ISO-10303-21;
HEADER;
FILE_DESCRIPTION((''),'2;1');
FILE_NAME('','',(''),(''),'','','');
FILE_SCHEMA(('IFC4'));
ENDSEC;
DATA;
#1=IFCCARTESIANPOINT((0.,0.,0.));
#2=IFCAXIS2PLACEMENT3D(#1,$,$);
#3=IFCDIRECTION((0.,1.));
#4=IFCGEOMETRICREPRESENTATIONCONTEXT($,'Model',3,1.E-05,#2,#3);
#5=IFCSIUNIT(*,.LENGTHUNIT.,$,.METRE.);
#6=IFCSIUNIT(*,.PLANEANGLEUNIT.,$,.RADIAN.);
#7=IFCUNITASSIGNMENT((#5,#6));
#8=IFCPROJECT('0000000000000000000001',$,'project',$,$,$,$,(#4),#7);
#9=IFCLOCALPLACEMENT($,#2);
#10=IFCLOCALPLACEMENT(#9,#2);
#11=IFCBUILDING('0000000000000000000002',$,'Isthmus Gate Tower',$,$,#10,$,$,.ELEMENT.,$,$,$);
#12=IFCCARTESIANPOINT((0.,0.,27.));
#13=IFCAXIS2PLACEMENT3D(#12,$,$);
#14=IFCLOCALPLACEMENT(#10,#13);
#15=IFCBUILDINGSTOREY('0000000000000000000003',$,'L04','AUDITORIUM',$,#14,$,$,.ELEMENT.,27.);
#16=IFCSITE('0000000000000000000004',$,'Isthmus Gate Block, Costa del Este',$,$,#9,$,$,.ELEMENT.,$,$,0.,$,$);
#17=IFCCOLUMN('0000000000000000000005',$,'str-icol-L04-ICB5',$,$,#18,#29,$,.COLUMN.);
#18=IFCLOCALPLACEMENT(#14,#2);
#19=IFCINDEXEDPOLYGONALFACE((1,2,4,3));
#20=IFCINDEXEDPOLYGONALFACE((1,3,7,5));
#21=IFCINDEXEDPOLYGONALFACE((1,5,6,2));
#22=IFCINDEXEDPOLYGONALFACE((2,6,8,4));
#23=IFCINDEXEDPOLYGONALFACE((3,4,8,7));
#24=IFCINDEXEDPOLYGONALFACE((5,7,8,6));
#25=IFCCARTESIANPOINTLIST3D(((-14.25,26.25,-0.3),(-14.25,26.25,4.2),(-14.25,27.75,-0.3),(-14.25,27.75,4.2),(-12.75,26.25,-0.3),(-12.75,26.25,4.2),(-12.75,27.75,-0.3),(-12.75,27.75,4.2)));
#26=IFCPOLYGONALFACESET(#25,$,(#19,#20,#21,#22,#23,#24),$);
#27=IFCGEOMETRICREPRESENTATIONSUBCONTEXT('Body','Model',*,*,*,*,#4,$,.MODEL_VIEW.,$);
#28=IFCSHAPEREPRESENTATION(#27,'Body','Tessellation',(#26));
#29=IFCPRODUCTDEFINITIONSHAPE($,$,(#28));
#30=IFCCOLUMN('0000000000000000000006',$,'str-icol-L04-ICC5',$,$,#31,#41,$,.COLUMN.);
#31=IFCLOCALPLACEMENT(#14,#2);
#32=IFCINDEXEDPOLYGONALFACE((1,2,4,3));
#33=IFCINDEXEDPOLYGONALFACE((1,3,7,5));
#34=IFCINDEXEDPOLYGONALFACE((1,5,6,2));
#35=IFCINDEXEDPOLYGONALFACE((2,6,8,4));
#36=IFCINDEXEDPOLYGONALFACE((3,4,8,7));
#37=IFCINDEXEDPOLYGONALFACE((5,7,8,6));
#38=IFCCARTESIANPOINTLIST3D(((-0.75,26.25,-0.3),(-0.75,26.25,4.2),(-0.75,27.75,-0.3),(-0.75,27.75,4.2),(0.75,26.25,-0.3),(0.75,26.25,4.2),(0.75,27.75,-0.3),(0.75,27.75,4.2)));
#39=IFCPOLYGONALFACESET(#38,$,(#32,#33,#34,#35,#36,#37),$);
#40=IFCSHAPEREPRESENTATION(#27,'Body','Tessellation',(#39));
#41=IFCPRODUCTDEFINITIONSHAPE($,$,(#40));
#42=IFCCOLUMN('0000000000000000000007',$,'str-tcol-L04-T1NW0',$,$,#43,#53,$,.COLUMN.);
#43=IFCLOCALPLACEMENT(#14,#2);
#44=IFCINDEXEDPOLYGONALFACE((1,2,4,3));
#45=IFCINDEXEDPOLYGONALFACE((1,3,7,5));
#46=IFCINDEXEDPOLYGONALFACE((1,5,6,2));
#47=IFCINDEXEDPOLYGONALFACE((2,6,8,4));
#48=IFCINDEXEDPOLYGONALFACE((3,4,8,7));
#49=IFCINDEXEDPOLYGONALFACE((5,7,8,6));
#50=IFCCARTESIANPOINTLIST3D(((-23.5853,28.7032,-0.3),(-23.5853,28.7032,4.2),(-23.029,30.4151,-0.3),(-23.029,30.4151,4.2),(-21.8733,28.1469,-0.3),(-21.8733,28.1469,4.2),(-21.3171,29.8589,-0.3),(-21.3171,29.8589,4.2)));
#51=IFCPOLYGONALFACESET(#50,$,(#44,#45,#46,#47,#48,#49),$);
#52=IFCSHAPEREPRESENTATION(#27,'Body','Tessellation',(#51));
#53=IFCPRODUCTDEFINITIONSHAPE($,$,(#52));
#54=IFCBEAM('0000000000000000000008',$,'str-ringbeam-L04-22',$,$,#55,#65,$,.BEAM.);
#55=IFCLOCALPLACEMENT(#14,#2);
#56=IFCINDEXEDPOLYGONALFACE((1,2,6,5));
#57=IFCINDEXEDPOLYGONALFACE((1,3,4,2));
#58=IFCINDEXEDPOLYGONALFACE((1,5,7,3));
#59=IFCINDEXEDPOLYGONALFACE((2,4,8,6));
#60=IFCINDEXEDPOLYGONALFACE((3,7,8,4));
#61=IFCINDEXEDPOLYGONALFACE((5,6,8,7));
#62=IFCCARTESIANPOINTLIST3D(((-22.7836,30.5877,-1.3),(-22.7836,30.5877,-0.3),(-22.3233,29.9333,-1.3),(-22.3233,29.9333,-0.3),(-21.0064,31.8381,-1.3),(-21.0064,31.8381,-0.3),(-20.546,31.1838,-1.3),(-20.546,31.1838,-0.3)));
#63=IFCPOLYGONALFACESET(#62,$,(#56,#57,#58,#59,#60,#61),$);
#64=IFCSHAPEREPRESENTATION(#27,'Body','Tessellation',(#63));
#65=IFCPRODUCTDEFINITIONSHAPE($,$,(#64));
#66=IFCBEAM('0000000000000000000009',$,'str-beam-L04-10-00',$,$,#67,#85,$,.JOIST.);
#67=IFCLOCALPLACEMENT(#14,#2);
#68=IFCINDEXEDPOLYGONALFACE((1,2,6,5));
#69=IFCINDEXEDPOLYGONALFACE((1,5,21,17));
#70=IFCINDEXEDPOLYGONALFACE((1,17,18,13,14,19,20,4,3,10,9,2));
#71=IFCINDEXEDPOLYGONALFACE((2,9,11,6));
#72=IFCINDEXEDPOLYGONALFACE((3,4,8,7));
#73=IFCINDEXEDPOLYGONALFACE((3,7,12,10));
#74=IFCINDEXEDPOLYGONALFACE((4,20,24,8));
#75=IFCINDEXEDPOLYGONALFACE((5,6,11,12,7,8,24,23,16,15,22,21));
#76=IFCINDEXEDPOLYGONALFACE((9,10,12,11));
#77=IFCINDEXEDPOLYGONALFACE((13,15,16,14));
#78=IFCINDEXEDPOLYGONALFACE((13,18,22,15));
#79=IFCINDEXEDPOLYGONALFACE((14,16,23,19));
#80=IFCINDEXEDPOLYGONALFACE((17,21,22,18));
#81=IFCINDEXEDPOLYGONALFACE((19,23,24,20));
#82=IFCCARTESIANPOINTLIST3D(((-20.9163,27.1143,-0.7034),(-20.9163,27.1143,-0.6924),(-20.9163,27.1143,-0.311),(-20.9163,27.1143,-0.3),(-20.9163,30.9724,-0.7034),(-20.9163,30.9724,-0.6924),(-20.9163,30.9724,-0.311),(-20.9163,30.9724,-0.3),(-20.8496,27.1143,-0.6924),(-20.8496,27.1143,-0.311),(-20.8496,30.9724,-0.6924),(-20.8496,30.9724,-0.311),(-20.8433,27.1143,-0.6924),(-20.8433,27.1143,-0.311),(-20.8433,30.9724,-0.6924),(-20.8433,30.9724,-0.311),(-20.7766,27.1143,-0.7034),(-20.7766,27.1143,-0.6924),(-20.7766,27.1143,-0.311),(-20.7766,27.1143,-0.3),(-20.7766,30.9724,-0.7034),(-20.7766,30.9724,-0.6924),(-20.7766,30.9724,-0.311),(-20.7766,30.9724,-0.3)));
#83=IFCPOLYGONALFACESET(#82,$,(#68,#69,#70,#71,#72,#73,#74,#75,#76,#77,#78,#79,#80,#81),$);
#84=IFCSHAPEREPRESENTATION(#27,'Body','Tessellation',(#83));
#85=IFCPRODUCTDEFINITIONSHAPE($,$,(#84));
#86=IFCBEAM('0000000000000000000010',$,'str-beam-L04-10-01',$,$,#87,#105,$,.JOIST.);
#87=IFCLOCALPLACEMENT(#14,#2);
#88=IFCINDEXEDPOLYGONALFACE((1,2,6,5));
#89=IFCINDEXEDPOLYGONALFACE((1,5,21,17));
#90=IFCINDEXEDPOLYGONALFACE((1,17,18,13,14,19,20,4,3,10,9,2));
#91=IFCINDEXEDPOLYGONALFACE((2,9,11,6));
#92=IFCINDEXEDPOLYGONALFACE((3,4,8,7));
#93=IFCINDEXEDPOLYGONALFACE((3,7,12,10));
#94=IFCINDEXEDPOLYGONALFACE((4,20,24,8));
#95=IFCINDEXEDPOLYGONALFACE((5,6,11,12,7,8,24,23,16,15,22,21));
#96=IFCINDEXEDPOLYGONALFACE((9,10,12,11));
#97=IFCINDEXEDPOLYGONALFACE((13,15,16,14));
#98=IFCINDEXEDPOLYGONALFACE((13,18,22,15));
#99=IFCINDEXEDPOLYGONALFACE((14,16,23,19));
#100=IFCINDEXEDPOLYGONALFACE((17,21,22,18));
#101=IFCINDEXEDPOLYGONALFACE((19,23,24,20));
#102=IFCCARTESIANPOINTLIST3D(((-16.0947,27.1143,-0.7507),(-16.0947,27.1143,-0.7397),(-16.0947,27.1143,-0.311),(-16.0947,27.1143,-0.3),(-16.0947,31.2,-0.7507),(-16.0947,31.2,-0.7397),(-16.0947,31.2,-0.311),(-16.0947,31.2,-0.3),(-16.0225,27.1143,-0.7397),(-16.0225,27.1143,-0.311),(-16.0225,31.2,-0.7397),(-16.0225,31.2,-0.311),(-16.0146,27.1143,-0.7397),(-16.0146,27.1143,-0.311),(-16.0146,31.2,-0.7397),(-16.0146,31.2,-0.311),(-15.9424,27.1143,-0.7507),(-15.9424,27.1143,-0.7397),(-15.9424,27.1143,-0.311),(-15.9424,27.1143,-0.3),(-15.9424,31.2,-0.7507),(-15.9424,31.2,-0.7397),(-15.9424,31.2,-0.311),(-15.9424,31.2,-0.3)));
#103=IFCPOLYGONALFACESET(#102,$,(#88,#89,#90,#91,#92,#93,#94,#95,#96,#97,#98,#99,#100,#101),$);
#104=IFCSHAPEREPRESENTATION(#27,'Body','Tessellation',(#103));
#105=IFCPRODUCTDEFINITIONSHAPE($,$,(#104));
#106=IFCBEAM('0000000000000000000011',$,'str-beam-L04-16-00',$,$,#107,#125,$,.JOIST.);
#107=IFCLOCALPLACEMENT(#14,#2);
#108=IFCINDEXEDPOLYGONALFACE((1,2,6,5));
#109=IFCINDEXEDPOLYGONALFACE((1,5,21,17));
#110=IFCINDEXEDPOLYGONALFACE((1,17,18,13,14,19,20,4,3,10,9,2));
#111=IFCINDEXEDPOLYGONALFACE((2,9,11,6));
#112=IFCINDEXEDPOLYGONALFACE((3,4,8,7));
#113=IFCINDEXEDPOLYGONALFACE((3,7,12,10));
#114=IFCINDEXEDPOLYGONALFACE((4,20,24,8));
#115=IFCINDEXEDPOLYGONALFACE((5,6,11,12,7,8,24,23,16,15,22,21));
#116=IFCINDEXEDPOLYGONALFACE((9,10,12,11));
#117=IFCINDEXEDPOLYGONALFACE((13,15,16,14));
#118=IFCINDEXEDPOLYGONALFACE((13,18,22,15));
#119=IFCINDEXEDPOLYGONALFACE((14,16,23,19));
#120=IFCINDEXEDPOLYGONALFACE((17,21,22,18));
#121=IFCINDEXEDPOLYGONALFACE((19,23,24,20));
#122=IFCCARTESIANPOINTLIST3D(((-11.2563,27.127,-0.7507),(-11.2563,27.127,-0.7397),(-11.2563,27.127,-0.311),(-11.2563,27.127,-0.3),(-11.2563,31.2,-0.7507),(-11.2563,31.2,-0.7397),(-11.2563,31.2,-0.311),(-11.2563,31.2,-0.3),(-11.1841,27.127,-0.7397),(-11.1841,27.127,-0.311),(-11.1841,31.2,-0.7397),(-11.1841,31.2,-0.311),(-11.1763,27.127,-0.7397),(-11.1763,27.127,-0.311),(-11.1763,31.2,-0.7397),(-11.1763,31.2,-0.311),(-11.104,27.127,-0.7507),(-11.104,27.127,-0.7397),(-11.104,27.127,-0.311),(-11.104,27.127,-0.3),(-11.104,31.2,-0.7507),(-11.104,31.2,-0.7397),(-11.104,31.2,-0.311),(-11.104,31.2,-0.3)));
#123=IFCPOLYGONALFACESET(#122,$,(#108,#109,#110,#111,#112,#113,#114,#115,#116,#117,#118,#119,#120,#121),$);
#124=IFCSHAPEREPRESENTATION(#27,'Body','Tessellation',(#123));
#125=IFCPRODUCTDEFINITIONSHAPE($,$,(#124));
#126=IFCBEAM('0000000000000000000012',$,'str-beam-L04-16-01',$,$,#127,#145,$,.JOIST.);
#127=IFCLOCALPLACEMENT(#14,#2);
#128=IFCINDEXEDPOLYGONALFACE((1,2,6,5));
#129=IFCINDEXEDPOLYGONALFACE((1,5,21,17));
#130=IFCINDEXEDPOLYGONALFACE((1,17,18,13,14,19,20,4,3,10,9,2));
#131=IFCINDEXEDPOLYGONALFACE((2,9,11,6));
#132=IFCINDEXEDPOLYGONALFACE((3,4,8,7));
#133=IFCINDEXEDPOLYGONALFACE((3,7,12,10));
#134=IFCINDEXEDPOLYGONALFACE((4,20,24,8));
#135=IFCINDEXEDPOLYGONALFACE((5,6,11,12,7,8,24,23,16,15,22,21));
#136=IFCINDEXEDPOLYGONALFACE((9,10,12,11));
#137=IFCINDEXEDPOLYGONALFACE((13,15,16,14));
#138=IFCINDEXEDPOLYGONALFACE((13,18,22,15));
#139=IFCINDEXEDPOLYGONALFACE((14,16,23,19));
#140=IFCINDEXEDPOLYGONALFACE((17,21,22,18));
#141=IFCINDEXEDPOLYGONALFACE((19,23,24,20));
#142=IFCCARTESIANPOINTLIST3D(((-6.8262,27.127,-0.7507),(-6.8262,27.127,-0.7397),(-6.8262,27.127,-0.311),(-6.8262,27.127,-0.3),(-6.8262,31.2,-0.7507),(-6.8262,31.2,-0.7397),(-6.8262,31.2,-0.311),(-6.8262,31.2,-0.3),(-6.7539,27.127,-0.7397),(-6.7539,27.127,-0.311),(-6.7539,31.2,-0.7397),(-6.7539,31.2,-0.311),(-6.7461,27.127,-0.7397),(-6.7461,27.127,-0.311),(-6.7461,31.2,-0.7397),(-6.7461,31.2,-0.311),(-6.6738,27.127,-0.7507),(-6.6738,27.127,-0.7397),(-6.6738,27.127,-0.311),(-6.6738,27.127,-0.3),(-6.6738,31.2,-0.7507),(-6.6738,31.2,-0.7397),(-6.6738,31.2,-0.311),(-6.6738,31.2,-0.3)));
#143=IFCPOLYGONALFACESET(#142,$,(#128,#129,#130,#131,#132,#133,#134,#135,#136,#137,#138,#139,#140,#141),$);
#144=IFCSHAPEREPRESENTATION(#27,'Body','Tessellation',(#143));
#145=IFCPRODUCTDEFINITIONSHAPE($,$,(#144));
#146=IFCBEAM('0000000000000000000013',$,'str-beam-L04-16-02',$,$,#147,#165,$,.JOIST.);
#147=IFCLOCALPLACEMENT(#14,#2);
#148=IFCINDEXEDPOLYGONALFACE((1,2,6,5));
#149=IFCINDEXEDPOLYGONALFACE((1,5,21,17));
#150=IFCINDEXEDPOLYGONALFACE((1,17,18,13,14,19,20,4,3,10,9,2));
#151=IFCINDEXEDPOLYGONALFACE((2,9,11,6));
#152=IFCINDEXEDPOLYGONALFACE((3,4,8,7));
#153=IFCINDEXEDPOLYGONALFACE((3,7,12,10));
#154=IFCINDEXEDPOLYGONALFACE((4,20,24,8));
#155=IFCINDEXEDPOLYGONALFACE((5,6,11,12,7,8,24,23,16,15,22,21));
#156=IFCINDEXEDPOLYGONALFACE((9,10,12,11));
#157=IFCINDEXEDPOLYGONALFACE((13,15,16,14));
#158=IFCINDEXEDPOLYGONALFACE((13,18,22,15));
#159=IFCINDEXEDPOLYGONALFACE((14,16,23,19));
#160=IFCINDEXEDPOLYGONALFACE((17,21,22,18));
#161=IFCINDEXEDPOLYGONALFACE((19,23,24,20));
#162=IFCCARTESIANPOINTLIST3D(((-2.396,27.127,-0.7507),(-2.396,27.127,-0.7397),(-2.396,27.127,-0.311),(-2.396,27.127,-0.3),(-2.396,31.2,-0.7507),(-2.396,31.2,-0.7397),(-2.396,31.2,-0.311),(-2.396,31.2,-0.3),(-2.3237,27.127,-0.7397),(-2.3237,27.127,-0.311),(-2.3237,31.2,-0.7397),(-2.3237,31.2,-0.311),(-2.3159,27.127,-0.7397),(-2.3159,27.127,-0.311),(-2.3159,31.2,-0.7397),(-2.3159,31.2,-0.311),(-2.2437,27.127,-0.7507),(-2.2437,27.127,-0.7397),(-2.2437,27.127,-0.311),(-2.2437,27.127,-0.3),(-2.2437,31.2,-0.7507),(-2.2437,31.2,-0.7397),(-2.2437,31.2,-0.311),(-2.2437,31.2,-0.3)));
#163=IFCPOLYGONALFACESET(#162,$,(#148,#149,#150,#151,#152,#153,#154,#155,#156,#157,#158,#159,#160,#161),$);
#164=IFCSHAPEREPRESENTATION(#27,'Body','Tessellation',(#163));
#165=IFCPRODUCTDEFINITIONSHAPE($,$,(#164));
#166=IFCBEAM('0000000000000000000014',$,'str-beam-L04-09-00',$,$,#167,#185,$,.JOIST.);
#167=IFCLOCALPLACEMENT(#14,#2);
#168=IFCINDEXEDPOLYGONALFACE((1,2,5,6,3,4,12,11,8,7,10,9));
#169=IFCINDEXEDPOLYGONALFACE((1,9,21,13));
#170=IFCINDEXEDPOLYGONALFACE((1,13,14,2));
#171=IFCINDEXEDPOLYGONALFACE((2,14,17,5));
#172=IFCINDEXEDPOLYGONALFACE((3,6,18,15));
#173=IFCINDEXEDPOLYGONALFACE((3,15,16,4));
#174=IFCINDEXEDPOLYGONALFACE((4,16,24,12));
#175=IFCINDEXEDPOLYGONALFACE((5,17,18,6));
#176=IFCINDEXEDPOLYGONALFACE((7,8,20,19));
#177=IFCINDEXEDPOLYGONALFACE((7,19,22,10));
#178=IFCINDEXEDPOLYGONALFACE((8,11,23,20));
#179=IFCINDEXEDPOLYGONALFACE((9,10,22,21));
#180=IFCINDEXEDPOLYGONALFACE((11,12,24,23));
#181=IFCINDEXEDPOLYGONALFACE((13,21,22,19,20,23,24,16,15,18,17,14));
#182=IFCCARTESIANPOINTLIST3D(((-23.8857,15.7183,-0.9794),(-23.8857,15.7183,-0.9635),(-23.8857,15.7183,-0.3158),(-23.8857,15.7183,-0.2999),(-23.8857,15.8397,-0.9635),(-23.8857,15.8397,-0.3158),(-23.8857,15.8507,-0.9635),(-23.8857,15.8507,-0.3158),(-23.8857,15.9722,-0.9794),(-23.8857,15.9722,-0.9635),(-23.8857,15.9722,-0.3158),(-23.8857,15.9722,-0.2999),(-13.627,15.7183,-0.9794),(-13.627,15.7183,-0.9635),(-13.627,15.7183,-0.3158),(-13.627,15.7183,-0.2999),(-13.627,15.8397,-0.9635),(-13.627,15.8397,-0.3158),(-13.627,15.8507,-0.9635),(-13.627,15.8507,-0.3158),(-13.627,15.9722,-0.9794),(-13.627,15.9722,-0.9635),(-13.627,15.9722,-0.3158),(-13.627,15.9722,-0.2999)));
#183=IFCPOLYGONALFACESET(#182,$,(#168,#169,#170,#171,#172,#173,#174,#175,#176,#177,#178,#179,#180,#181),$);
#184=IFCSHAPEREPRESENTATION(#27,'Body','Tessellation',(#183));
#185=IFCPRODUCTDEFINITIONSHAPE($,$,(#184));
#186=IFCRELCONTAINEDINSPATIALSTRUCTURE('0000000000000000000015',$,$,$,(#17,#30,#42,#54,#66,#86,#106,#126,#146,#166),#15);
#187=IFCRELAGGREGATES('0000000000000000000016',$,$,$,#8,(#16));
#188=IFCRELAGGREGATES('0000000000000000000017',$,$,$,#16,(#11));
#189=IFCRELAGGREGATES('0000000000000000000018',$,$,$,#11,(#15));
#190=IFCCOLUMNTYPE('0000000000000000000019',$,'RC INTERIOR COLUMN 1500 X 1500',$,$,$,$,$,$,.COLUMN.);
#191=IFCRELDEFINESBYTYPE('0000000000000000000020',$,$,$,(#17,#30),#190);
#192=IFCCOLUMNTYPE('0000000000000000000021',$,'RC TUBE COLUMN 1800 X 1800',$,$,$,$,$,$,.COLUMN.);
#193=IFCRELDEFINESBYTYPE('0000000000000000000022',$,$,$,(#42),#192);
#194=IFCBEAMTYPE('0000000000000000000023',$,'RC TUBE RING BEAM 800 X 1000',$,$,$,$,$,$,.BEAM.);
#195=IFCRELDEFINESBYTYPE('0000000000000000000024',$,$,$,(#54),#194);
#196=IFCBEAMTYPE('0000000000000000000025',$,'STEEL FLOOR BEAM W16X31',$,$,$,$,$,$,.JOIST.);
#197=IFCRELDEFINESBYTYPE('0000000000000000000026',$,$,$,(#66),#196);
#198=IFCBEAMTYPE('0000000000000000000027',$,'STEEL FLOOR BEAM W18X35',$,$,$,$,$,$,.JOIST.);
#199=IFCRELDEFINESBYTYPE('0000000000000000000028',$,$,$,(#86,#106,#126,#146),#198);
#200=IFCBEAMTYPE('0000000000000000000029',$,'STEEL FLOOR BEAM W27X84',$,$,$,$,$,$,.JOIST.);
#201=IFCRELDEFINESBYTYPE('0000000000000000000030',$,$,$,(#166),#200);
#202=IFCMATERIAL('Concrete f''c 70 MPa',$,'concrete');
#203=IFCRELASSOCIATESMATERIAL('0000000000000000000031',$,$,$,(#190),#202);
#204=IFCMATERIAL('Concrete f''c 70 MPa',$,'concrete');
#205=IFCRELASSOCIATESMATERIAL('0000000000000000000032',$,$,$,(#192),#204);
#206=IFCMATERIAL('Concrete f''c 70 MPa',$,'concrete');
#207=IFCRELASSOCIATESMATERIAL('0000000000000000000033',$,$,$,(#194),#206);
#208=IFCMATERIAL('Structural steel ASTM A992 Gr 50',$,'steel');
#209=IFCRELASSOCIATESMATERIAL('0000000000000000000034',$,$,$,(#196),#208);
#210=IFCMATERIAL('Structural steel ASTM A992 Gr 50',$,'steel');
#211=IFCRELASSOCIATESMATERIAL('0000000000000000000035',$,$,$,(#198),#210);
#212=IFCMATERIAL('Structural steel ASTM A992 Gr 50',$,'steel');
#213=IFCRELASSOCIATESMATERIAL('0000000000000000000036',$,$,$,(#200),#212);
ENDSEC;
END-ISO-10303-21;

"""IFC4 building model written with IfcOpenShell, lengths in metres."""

from ifc_helpers import new_model, si_unit, direction, frame, origin, origin_2d, place, context, subcontext, project, spatial, rectangle, i_section, extrude, material, material_profile, profile_set, type_object, element, save


model = new_model("IFC4")

# Units and contexts
model_context = context("Model", 3, precision=1e-05, world=origin(), true_north=direction((0.0, 1.0)))
body_context = subcontext(model_context, "Body", "Model", "MODEL_VIEW")
ifc_project = project(units=[si_unit("LENGTHUNIT", "METRE"), si_unit("PLANEANGLEUNIT", "RADIAN")], contexts=[model_context])

# Site, building, storey
site_placement = place(None, origin())
site = spatial("IfcSite", under=ifc_project, at=site_placement, Name="Isthmus Gate Block, Costa del Este", CompositionType="ELEMENT", RefElevation=0.0)
building_placement = place(site_placement, origin())
building = spatial("IfcBuilding", under=site, at=building_placement, Name="Isthmus Gate Tower", CompositionType="ELEMENT")
storey_placement = place(building_placement, frame((0.0, 0.0, 27.0)))
storey = spatial("IfcBuildingStorey", under=building, at=storey_placement, Name="L04", Description="AUDITORIUM", CompositionType="ELEMENT", Elevation=27.0)

# Columns
ifc_material_1 = material(Name="Concrete f'c 70 MPa", Category="concrete")
ifc_material_profile_1 = material_profile(ifc_material_1, rectangle(XDim=1.5, YDim=1.5, at=origin_2d()), Name="RC 1500X1500")
ifc_profile_set_1 = profile_set([ifc_material_profile_1], Name="Concrete f'c 70 MPa")
column_type_1 = type_object("IfcColumnType", Name="RC INTERIOR COLUMN 1500 X 1500", PredefinedType="COLUMN", material=ifc_profile_set_1)
for number, where, z_axis, x_axis, name in (
    (1, (-13.5, 27.0, -0.3), (0.0, 0.0, 1.0), (1.0, 0.0, 0.0), "str-icol-L04-ICB5"),
    (2, (0.0, 27.0, -0.3), (0.0, 0.0, 1.0), (1.0, 0.0, 0.0), "str-icol-L04-ICC5"),
):
    element("IfcColumn", number, at=place(storey_placement, frame(where, z_axis=z_axis, x_axis=x_axis)), inside=storey, type_object=column_type_1, Name=name, PredefinedType="COLUMN", context=body_context, shape_type="SweptSolid", body=[
        extrude(rectangle(XDim=1.5, YDim=1.5, at=origin_2d()), origin(), (0.0, 0.0, 1.0), 4.5),
    ])
ifc_material_2 = material(Name="Concrete f'c 70 MPa", Category="concrete")
ifc_material_profile_2 = material_profile(ifc_material_2, rectangle(XDim=1.8, YDim=1.8, at=origin_2d()), Name="RC 1800X1800")
ifc_profile_set_2 = profile_set([ifc_material_profile_2], Name="Concrete f'c 70 MPa")
column_type_2 = type_object("IfcColumnType", Name="RC TUBE COLUMN 1800 X 1800", PredefinedType="COLUMN", material=ifc_profile_set_2)
column_placement = place(storey_placement, frame((-22.4512, 29.281, -0.3), z_axis=(0.0, 0.0, 1.0), x_axis=(-0.309017, -0.951057, 0.0)))
element("IfcColumn", 3, at=column_placement, inside=storey, type_object=column_type_2, Name="str-tcol-L04-T1NW0", PredefinedType="COLUMN", context=body_context, shape_type="SweptSolid", body=[
    extrude(rectangle(XDim=1.8, YDim=1.8, at=origin_2d()), origin(), (0.0, 0.0, 1.0), 4.5),
])

# Beams
ifc_material_3 = material(Name="Concrete f'c 70 MPa", Category="concrete")
ifc_material_profile_3 = material_profile(ifc_material_3, rectangle(XDim=0.8, YDim=1.0, at=origin_2d()), Name="RC 800X1000")
ifc_profile_set_3 = profile_set([ifc_material_profile_3], Name="Concrete f'c 70 MPa")
beam_type_1 = type_object("IfcBeamType", Name="RC TUBE RING BEAM 800 X 1000", PredefinedType="BEAM", material=ifc_profile_set_3)
beam_1_placement = place(storey_placement, frame((-22.5535, 30.2605, -0.8), z_axis=(0.817857, 0.575421, 0.0), x_axis=(-0.575421, 0.817857, 0.0)))
element("IfcBeam", 4, at=beam_1_placement, inside=storey, type_object=beam_type_1, Name="str-ringbeam-L04-22", PredefinedType="BEAM", context=body_context, shape_type="SweptSolid", body=[
    extrude(rectangle(XDim=0.8, YDim=1.0, at=origin_2d()), origin(), (0.0, 0.0, 1.0), 2.1731),
])
ifc_material_4 = material(Name="Structural steel ASTM A992 Gr 50", Category="steel")
ifc_material_profile_4 = material_profile(ifc_material_4, i_section(OverallWidth=0.1396, OverallDepth=0.4033, WebThickness=0.0063, FlangeThickness=0.011, at=origin_2d()), Name="W16X31")
ifc_profile_set_4 = profile_set([ifc_material_profile_4], Name="Structural steel ASTM A992 Gr 50")
beam_type_2 = type_object("IfcBeamType", Name="STEEL FLOOR BEAM W16X31", PredefinedType="JOIST", material=ifc_profile_set_4)
beam_2_placement = place(storey_placement, frame((-20.8464, 27.1143, -0.5017), z_axis=(0.0, 1.0, 0.0), x_axis=(-1.0, 0.0, 0.0)))
element("IfcBeam", 5, at=beam_2_placement, inside=storey, type_object=beam_type_2, Name="str-beam-L04-10-00", PredefinedType="JOIST", context=body_context, shape_type="SweptSolid", body=[
    extrude(i_section(OverallWidth=0.1396, OverallDepth=0.4033, WebThickness=0.0063, FlangeThickness=0.011, at=origin_2d()), origin(), (0.0, 0.0, 1.0), 3.8582),
])
ifc_material_5 = material(Name="Structural steel ASTM A992 Gr 50", Category="steel")
ifc_material_profile_5 = material_profile(ifc_material_5, i_section(OverallWidth=0.1523, OverallDepth=0.4507, WebThickness=0.0078, FlangeThickness=0.011, at=origin_2d()), Name="W18X35")
ifc_profile_set_5 = profile_set([ifc_material_profile_5], Name="Structural steel ASTM A992 Gr 50")
beam_type_3 = type_object("IfcBeamType", Name="STEEL FLOOR BEAM W18X35", PredefinedType="JOIST", material=ifc_profile_set_5)
beam_3_placement = place(storey_placement, frame((-16.0186, 27.1143, -0.5254), z_axis=(0.0, 1.0, 0.0), x_axis=(-1.0, 0.0, 0.0)))
element("IfcBeam", 6, at=beam_3_placement, inside=storey, type_object=beam_type_3, Name="str-beam-L04-10-01", PredefinedType="JOIST", context=body_context, shape_type="SweptSolid", body=[
    extrude(i_section(OverallWidth=0.1523, OverallDepth=0.4507, WebThickness=0.0078, FlangeThickness=0.011, at=origin_2d()), origin(), (0.0, 0.0, 1.0), 4.0857),
])
for number, where, z_axis, x_axis, name in (
    (7, (-11.1802, 27.127, -0.5254), (0.0, 1.0, 0.0), (-1.0, 0.0, 0.0), "str-beam-L04-16-00"),
    (8, (-6.75, 27.127, -0.5254), (0.0, 1.0, 0.0), (-1.0, 0.0, 0.0), "str-beam-L04-16-01"),
    (9, (-2.3198, 27.127, -0.5254), (0.0, 1.0, 0.0), (-1.0, 0.0, 0.0), "str-beam-L04-16-02"),
):
    element("IfcBeam", number, at=place(storey_placement, frame(where, z_axis=z_axis, x_axis=x_axis)), inside=storey, type_object=beam_type_3, Name=name, PredefinedType="JOIST", context=body_context, shape_type="SweptSolid", body=[
        extrude(i_section(OverallWidth=0.1523, OverallDepth=0.4507, WebThickness=0.0078, FlangeThickness=0.011, at=origin_2d()), origin(), (0.0, 0.0, 1.0), 4.073),
    ])
ifc_material_6 = material(Name="Structural steel ASTM A992 Gr 50", Category="steel")
ifc_material_profile_6 = material_profile(ifc_material_6, i_section(OverallWidth=0.2539, OverallDepth=0.6794, WebThickness=0.011, FlangeThickness=0.0159, at=origin_2d()), Name="W27X84")
ifc_profile_set_6 = profile_set([ifc_material_profile_6], Name="Structural steel ASTM A992 Gr 50")
beam_type_4 = type_object("IfcBeamType", Name="STEEL FLOOR BEAM W27X84", PredefinedType="JOIST", material=ifc_profile_set_6)
for number, where, z_axis, x_axis, name in (
    (10, (-23.8857, 15.8452, -0.6396), (1.0, 0.0, 0.0), (0.0, 1.0, 0.0), "str-beam-L04-09-00"),
):
    element("IfcBeam", number, at=place(storey_placement, frame(where, z_axis=z_axis, x_axis=x_axis)), inside=storey, type_object=beam_type_4, Name=name, PredefinedType="JOIST", context=body_context, shape_type="SweptSolid", body=[
        extrude(i_section(OverallWidth=0.2539, OverallDepth=0.6794, WebThickness=0.011, FlangeThickness=0.0159, at=origin_2d()), origin(), (0.0, 0.0, 1.0), 10.2588),
    ])

save(model, "model.ifc")
